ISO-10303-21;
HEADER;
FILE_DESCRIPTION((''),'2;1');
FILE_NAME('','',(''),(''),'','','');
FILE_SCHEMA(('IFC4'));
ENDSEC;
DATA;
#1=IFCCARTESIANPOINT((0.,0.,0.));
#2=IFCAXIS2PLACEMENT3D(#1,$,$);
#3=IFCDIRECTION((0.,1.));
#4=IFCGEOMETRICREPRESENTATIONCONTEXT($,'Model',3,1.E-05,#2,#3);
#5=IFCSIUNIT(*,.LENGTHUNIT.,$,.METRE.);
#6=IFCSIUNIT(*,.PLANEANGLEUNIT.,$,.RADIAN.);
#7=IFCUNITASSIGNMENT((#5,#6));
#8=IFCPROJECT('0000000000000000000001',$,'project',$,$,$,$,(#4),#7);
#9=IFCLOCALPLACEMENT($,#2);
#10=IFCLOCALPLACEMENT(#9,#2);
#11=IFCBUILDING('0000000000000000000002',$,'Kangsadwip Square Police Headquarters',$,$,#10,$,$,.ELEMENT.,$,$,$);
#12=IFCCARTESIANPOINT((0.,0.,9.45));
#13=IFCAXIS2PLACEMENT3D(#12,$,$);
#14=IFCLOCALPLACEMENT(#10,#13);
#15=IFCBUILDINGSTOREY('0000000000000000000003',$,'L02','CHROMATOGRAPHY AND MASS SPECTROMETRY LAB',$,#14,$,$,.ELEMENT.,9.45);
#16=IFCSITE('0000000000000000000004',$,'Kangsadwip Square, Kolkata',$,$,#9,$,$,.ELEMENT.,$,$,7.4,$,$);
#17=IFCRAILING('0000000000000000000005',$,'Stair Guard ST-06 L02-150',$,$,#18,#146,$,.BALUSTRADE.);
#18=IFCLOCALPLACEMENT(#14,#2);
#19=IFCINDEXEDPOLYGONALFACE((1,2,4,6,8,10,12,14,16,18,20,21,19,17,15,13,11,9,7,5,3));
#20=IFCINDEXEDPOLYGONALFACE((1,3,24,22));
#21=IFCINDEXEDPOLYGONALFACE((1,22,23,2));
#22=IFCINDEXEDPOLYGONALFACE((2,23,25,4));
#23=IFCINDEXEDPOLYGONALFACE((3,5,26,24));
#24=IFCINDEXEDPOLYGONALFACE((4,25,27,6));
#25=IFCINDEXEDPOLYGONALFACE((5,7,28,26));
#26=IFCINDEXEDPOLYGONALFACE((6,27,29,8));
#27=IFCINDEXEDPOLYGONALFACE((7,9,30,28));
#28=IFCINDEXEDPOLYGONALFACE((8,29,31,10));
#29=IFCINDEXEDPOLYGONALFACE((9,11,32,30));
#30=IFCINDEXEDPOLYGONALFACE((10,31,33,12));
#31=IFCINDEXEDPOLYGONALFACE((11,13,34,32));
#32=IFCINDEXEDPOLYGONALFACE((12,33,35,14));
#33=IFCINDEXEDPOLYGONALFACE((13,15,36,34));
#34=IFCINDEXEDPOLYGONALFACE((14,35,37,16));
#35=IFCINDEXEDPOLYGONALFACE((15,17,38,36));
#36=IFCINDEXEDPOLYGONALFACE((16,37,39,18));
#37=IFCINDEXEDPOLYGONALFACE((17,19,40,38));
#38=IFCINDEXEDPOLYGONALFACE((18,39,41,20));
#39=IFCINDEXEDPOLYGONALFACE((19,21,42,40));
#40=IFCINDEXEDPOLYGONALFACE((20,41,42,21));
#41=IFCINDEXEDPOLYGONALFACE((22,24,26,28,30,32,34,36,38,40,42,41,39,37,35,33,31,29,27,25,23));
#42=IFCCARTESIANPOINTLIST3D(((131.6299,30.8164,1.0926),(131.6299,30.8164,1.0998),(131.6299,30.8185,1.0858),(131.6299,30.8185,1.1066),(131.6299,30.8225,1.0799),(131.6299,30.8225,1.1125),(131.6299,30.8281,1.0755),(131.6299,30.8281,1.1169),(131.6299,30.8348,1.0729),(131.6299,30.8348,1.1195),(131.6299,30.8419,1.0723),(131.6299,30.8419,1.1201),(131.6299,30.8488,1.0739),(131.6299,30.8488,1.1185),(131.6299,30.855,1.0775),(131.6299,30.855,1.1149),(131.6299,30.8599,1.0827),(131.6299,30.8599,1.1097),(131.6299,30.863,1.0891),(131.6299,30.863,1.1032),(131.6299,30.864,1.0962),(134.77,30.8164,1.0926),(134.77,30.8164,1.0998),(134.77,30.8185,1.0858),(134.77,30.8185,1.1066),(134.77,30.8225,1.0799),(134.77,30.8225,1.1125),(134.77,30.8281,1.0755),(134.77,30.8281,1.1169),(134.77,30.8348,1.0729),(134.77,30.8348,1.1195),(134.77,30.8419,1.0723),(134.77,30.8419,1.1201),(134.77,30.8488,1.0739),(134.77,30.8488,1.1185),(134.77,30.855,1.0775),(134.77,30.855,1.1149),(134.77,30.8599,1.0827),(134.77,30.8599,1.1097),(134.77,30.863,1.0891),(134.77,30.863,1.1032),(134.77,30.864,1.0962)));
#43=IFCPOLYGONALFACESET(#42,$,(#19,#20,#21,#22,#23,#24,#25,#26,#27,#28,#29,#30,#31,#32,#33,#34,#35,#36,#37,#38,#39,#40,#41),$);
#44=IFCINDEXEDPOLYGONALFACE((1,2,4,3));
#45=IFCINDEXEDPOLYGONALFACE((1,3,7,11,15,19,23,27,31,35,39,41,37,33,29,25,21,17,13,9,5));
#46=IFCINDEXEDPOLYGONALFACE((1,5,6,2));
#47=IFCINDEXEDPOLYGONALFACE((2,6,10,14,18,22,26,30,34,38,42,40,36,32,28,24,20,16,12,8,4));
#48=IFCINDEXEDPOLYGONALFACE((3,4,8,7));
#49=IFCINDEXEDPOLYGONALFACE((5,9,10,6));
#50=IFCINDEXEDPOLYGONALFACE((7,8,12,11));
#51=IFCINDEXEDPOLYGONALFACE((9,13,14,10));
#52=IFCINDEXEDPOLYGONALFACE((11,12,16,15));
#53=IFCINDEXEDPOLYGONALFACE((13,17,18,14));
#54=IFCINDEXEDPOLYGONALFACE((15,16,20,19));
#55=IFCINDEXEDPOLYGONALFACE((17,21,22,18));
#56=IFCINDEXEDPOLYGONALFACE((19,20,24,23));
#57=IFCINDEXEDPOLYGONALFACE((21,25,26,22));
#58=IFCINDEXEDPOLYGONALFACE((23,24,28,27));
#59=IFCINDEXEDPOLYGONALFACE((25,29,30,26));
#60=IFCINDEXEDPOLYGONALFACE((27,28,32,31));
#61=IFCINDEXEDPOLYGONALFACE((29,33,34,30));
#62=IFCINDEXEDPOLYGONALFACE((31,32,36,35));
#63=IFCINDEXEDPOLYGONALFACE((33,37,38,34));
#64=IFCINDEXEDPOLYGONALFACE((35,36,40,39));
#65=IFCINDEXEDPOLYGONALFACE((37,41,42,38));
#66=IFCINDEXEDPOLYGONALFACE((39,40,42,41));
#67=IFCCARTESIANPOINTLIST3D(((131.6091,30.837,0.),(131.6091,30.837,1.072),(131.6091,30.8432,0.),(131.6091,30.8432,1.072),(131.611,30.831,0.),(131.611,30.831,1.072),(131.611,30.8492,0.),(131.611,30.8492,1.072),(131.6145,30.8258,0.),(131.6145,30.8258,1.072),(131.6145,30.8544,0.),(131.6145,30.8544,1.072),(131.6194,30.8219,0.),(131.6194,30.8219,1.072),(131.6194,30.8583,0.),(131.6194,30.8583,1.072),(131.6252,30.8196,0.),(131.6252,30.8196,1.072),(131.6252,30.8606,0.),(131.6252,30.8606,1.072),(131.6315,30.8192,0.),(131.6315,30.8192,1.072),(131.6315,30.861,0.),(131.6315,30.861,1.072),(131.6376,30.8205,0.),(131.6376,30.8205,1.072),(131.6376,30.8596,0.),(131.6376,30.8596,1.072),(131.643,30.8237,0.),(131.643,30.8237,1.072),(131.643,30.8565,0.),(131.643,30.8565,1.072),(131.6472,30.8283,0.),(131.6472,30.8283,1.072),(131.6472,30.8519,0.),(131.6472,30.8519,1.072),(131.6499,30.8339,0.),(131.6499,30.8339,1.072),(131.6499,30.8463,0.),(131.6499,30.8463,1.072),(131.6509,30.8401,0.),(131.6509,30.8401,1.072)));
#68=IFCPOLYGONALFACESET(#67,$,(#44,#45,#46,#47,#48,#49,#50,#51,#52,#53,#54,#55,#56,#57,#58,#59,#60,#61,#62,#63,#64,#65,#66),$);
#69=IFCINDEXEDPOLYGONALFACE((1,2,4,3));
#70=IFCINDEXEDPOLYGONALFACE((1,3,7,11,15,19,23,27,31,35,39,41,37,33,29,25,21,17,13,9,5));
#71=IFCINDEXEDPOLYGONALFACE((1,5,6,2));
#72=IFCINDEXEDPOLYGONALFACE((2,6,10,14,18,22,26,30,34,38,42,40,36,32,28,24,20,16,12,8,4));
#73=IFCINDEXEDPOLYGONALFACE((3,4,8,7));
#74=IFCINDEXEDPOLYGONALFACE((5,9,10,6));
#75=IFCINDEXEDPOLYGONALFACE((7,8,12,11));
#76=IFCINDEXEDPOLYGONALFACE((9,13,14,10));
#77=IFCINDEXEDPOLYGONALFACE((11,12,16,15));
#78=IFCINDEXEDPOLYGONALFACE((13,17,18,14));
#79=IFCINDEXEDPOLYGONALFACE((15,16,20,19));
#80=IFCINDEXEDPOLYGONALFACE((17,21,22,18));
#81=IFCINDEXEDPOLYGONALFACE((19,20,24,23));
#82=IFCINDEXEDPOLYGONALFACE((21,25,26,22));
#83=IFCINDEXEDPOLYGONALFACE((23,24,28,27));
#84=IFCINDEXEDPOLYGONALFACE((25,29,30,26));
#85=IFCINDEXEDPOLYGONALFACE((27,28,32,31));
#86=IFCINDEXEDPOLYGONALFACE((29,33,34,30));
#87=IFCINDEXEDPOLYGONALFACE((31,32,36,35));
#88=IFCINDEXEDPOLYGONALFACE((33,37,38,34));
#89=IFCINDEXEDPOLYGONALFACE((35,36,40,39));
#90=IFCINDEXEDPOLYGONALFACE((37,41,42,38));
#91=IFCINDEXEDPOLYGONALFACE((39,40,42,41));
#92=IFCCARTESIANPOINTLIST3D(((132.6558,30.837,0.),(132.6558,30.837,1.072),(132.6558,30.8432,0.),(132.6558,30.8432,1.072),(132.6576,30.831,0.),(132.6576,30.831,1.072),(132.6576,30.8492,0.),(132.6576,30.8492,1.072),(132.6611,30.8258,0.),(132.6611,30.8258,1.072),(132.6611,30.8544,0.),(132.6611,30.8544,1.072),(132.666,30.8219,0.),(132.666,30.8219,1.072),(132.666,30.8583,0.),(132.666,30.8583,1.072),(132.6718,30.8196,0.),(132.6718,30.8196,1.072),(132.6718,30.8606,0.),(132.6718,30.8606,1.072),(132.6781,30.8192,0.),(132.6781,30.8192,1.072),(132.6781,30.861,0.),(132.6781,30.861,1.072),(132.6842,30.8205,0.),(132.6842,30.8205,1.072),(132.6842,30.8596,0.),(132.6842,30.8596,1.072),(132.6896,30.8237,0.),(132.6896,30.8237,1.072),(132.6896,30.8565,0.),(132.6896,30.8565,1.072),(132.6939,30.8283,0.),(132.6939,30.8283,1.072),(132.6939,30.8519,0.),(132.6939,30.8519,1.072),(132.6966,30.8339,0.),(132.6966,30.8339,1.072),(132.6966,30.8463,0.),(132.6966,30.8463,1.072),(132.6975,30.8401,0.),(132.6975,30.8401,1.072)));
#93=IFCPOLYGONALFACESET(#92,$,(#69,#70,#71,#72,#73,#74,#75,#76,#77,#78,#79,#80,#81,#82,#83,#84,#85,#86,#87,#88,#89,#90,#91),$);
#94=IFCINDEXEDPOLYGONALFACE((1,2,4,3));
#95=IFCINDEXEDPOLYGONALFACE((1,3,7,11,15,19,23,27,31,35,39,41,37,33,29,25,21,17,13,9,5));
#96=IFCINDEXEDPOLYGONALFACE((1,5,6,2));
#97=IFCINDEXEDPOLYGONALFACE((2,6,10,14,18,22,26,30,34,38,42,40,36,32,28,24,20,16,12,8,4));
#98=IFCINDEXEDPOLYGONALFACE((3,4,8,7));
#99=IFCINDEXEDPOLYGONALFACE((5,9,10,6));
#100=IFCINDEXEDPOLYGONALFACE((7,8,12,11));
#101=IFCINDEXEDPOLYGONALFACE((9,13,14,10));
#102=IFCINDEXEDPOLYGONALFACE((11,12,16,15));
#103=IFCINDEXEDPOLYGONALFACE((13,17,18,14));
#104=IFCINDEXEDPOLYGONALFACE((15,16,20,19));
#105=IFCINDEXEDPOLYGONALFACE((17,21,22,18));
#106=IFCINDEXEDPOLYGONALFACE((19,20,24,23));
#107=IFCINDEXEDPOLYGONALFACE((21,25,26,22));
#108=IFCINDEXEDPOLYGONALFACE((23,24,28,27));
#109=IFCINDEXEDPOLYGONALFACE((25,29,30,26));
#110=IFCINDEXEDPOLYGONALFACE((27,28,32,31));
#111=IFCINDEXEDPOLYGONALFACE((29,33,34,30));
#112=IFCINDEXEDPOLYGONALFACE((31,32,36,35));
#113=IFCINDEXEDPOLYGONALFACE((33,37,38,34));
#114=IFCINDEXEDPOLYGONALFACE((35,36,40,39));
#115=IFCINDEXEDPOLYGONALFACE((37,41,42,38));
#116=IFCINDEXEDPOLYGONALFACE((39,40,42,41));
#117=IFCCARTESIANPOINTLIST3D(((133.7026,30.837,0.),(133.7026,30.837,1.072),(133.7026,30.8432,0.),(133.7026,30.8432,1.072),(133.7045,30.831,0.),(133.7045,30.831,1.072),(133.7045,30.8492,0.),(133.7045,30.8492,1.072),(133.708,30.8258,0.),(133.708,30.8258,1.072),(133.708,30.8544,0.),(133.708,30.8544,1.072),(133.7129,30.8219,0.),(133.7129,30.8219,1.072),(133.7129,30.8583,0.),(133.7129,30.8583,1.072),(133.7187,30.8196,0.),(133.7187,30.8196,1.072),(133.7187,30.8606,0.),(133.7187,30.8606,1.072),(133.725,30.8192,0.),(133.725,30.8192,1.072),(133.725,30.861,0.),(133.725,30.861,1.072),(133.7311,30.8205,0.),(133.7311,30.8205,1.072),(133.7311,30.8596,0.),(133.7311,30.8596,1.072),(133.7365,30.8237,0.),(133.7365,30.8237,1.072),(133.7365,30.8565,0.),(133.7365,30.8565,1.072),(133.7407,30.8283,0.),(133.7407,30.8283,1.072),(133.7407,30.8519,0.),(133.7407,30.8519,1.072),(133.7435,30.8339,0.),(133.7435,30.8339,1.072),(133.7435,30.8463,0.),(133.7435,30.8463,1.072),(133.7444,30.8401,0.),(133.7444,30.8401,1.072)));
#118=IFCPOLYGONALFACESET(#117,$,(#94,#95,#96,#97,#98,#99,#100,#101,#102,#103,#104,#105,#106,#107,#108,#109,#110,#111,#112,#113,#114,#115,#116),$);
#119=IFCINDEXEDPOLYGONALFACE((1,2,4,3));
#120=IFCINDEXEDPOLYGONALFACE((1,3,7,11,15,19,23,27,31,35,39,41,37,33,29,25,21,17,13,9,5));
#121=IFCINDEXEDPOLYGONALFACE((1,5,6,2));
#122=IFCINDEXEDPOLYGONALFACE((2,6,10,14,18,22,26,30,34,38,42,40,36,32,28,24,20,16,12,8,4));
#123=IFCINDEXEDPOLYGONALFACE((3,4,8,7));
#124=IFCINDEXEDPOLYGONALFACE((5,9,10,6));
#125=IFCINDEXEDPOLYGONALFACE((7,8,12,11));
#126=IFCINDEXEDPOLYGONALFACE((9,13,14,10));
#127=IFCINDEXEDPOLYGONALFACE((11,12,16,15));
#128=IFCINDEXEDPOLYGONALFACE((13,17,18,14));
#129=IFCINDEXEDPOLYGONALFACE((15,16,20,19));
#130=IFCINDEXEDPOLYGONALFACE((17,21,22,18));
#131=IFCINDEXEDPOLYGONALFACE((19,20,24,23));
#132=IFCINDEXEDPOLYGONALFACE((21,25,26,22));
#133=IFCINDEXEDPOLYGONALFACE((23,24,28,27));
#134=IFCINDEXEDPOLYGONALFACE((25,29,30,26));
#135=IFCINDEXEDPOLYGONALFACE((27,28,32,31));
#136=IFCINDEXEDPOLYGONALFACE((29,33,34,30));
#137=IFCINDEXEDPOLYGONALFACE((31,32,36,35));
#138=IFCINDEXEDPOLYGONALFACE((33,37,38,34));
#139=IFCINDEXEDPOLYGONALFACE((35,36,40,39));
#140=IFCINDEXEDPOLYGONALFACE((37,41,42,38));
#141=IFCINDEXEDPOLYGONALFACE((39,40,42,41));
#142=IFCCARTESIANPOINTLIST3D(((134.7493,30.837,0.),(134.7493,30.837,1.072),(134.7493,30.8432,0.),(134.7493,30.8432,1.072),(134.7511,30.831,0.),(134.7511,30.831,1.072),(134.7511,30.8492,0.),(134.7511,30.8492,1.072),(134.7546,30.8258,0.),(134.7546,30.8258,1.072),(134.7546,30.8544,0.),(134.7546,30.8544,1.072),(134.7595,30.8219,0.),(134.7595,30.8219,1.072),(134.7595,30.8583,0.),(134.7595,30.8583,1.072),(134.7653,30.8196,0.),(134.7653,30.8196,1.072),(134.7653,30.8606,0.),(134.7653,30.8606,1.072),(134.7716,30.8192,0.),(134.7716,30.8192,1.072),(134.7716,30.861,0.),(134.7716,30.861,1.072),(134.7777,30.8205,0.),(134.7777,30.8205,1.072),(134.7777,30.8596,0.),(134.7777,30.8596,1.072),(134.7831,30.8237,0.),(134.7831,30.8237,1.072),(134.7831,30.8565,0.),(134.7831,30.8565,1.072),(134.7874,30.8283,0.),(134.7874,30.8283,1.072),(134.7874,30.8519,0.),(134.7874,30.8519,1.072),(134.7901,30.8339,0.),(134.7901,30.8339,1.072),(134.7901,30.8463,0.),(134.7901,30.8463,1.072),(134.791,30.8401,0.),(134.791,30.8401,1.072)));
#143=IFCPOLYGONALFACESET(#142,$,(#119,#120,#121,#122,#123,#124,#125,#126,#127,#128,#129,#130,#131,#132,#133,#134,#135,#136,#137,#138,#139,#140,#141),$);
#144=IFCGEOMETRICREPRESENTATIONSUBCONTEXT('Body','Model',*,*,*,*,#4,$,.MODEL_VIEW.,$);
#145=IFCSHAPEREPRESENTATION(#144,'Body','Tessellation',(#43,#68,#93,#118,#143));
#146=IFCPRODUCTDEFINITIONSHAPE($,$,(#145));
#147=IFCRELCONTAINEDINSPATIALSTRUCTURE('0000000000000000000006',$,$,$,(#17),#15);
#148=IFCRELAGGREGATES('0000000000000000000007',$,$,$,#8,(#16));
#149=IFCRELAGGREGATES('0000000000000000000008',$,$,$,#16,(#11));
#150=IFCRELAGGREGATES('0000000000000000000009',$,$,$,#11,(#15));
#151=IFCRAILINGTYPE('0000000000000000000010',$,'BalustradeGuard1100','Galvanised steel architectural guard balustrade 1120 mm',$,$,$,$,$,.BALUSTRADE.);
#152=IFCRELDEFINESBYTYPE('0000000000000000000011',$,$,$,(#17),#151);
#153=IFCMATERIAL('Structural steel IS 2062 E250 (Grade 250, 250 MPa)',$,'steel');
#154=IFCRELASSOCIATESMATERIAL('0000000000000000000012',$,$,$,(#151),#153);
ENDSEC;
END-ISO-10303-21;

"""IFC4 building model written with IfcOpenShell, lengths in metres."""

from ifc_helpers import new_model, si_unit, direction, frame, origin, origin_2d, place, context, subcontext, project, spatial, circle, extrude, material, type_object, element, save


model = new_model("IFC4")

# Units and contexts
model_context = context("Model", 3, precision=1e-05, world=origin(), true_north=direction((0.0, 1.0)))
body_context = subcontext(model_context, "Body", "Model", "MODEL_VIEW")
ifc_project = project(units=[si_unit("LENGTHUNIT", "METRE"), si_unit("PLANEANGLEUNIT", "RADIAN")], contexts=[model_context])

# Site, building, storey
site_placement = place(None, origin())
site = spatial("IfcSite", under=ifc_project, at=site_placement, Name="Kangsadwip Square, Kolkata", CompositionType="ELEMENT", RefElevation=7.4)
building_placement = place(site_placement, origin())
building = spatial("IfcBuilding", under=site, at=building_placement, Name="Kangsadwip Square Police Headquarters", CompositionType="ELEMENT")
storey_placement = place(building_placement, frame((0.0, 0.0, 9.45)))
storey = spatial("IfcBuildingStorey", under=building, at=storey_placement, Name="L02", Description="CHROMATOGRAPHY AND MASS SPECTROMETRY LAB", CompositionType="ELEMENT", Elevation=9.45)

# Railing
ifc_material_1 = material(Name="Structural steel IS 2062 E250 (Grade 250, 250 MPa)", Category="steel")
railing_type_1 = type_object("IfcRailingType", Name="BalustradeGuard1100", Description="Galvanised steel architectural guard balustrade 1120 mm", PredefinedType="BALUSTRADE", material=ifc_material_1)
railing_1_placement = place(storey_placement, frame((131.6299, 30.8401, 0.0)))
element("IfcRailing", 1, at=railing_1_placement, inside=storey, type_object=railing_type_1, Name="Stair Guard ST-06 L02-150", PredefinedType="BALUSTRADE", context=body_context, shape_type="SweptSolid", body=[
    extrude(circle(Radius=0.0239, at=origin_2d()), frame((0.0, 0.0, 1.0962), z_axis=(1.0, 0.0, 0.0), x_axis=(0.0, 1.0, 0.0)), (0.0, 0.0, 1.0), 3.1401),
    extrude(circle(Radius=0.021, at=origin_2d()), origin(), (0.0, 0.0, 1.0), 1.072),
    extrude(circle(Radius=0.021, at=origin_2d()), frame((1.0466, 0.0, 0.0)), (0.0, 0.0, 1.0), 1.072),
    extrude(circle(Radius=0.021, at=origin_2d()), frame((2.0935, 0.0, 0.0)), (0.0, 0.0, 1.0), 1.072),
    extrude(circle(Radius=0.021, at=origin_2d()), frame((3.1401, 0.0, 0.0)), (0.0, 0.0, 1.0), 1.072),
])

save(model, "model.ifc")
